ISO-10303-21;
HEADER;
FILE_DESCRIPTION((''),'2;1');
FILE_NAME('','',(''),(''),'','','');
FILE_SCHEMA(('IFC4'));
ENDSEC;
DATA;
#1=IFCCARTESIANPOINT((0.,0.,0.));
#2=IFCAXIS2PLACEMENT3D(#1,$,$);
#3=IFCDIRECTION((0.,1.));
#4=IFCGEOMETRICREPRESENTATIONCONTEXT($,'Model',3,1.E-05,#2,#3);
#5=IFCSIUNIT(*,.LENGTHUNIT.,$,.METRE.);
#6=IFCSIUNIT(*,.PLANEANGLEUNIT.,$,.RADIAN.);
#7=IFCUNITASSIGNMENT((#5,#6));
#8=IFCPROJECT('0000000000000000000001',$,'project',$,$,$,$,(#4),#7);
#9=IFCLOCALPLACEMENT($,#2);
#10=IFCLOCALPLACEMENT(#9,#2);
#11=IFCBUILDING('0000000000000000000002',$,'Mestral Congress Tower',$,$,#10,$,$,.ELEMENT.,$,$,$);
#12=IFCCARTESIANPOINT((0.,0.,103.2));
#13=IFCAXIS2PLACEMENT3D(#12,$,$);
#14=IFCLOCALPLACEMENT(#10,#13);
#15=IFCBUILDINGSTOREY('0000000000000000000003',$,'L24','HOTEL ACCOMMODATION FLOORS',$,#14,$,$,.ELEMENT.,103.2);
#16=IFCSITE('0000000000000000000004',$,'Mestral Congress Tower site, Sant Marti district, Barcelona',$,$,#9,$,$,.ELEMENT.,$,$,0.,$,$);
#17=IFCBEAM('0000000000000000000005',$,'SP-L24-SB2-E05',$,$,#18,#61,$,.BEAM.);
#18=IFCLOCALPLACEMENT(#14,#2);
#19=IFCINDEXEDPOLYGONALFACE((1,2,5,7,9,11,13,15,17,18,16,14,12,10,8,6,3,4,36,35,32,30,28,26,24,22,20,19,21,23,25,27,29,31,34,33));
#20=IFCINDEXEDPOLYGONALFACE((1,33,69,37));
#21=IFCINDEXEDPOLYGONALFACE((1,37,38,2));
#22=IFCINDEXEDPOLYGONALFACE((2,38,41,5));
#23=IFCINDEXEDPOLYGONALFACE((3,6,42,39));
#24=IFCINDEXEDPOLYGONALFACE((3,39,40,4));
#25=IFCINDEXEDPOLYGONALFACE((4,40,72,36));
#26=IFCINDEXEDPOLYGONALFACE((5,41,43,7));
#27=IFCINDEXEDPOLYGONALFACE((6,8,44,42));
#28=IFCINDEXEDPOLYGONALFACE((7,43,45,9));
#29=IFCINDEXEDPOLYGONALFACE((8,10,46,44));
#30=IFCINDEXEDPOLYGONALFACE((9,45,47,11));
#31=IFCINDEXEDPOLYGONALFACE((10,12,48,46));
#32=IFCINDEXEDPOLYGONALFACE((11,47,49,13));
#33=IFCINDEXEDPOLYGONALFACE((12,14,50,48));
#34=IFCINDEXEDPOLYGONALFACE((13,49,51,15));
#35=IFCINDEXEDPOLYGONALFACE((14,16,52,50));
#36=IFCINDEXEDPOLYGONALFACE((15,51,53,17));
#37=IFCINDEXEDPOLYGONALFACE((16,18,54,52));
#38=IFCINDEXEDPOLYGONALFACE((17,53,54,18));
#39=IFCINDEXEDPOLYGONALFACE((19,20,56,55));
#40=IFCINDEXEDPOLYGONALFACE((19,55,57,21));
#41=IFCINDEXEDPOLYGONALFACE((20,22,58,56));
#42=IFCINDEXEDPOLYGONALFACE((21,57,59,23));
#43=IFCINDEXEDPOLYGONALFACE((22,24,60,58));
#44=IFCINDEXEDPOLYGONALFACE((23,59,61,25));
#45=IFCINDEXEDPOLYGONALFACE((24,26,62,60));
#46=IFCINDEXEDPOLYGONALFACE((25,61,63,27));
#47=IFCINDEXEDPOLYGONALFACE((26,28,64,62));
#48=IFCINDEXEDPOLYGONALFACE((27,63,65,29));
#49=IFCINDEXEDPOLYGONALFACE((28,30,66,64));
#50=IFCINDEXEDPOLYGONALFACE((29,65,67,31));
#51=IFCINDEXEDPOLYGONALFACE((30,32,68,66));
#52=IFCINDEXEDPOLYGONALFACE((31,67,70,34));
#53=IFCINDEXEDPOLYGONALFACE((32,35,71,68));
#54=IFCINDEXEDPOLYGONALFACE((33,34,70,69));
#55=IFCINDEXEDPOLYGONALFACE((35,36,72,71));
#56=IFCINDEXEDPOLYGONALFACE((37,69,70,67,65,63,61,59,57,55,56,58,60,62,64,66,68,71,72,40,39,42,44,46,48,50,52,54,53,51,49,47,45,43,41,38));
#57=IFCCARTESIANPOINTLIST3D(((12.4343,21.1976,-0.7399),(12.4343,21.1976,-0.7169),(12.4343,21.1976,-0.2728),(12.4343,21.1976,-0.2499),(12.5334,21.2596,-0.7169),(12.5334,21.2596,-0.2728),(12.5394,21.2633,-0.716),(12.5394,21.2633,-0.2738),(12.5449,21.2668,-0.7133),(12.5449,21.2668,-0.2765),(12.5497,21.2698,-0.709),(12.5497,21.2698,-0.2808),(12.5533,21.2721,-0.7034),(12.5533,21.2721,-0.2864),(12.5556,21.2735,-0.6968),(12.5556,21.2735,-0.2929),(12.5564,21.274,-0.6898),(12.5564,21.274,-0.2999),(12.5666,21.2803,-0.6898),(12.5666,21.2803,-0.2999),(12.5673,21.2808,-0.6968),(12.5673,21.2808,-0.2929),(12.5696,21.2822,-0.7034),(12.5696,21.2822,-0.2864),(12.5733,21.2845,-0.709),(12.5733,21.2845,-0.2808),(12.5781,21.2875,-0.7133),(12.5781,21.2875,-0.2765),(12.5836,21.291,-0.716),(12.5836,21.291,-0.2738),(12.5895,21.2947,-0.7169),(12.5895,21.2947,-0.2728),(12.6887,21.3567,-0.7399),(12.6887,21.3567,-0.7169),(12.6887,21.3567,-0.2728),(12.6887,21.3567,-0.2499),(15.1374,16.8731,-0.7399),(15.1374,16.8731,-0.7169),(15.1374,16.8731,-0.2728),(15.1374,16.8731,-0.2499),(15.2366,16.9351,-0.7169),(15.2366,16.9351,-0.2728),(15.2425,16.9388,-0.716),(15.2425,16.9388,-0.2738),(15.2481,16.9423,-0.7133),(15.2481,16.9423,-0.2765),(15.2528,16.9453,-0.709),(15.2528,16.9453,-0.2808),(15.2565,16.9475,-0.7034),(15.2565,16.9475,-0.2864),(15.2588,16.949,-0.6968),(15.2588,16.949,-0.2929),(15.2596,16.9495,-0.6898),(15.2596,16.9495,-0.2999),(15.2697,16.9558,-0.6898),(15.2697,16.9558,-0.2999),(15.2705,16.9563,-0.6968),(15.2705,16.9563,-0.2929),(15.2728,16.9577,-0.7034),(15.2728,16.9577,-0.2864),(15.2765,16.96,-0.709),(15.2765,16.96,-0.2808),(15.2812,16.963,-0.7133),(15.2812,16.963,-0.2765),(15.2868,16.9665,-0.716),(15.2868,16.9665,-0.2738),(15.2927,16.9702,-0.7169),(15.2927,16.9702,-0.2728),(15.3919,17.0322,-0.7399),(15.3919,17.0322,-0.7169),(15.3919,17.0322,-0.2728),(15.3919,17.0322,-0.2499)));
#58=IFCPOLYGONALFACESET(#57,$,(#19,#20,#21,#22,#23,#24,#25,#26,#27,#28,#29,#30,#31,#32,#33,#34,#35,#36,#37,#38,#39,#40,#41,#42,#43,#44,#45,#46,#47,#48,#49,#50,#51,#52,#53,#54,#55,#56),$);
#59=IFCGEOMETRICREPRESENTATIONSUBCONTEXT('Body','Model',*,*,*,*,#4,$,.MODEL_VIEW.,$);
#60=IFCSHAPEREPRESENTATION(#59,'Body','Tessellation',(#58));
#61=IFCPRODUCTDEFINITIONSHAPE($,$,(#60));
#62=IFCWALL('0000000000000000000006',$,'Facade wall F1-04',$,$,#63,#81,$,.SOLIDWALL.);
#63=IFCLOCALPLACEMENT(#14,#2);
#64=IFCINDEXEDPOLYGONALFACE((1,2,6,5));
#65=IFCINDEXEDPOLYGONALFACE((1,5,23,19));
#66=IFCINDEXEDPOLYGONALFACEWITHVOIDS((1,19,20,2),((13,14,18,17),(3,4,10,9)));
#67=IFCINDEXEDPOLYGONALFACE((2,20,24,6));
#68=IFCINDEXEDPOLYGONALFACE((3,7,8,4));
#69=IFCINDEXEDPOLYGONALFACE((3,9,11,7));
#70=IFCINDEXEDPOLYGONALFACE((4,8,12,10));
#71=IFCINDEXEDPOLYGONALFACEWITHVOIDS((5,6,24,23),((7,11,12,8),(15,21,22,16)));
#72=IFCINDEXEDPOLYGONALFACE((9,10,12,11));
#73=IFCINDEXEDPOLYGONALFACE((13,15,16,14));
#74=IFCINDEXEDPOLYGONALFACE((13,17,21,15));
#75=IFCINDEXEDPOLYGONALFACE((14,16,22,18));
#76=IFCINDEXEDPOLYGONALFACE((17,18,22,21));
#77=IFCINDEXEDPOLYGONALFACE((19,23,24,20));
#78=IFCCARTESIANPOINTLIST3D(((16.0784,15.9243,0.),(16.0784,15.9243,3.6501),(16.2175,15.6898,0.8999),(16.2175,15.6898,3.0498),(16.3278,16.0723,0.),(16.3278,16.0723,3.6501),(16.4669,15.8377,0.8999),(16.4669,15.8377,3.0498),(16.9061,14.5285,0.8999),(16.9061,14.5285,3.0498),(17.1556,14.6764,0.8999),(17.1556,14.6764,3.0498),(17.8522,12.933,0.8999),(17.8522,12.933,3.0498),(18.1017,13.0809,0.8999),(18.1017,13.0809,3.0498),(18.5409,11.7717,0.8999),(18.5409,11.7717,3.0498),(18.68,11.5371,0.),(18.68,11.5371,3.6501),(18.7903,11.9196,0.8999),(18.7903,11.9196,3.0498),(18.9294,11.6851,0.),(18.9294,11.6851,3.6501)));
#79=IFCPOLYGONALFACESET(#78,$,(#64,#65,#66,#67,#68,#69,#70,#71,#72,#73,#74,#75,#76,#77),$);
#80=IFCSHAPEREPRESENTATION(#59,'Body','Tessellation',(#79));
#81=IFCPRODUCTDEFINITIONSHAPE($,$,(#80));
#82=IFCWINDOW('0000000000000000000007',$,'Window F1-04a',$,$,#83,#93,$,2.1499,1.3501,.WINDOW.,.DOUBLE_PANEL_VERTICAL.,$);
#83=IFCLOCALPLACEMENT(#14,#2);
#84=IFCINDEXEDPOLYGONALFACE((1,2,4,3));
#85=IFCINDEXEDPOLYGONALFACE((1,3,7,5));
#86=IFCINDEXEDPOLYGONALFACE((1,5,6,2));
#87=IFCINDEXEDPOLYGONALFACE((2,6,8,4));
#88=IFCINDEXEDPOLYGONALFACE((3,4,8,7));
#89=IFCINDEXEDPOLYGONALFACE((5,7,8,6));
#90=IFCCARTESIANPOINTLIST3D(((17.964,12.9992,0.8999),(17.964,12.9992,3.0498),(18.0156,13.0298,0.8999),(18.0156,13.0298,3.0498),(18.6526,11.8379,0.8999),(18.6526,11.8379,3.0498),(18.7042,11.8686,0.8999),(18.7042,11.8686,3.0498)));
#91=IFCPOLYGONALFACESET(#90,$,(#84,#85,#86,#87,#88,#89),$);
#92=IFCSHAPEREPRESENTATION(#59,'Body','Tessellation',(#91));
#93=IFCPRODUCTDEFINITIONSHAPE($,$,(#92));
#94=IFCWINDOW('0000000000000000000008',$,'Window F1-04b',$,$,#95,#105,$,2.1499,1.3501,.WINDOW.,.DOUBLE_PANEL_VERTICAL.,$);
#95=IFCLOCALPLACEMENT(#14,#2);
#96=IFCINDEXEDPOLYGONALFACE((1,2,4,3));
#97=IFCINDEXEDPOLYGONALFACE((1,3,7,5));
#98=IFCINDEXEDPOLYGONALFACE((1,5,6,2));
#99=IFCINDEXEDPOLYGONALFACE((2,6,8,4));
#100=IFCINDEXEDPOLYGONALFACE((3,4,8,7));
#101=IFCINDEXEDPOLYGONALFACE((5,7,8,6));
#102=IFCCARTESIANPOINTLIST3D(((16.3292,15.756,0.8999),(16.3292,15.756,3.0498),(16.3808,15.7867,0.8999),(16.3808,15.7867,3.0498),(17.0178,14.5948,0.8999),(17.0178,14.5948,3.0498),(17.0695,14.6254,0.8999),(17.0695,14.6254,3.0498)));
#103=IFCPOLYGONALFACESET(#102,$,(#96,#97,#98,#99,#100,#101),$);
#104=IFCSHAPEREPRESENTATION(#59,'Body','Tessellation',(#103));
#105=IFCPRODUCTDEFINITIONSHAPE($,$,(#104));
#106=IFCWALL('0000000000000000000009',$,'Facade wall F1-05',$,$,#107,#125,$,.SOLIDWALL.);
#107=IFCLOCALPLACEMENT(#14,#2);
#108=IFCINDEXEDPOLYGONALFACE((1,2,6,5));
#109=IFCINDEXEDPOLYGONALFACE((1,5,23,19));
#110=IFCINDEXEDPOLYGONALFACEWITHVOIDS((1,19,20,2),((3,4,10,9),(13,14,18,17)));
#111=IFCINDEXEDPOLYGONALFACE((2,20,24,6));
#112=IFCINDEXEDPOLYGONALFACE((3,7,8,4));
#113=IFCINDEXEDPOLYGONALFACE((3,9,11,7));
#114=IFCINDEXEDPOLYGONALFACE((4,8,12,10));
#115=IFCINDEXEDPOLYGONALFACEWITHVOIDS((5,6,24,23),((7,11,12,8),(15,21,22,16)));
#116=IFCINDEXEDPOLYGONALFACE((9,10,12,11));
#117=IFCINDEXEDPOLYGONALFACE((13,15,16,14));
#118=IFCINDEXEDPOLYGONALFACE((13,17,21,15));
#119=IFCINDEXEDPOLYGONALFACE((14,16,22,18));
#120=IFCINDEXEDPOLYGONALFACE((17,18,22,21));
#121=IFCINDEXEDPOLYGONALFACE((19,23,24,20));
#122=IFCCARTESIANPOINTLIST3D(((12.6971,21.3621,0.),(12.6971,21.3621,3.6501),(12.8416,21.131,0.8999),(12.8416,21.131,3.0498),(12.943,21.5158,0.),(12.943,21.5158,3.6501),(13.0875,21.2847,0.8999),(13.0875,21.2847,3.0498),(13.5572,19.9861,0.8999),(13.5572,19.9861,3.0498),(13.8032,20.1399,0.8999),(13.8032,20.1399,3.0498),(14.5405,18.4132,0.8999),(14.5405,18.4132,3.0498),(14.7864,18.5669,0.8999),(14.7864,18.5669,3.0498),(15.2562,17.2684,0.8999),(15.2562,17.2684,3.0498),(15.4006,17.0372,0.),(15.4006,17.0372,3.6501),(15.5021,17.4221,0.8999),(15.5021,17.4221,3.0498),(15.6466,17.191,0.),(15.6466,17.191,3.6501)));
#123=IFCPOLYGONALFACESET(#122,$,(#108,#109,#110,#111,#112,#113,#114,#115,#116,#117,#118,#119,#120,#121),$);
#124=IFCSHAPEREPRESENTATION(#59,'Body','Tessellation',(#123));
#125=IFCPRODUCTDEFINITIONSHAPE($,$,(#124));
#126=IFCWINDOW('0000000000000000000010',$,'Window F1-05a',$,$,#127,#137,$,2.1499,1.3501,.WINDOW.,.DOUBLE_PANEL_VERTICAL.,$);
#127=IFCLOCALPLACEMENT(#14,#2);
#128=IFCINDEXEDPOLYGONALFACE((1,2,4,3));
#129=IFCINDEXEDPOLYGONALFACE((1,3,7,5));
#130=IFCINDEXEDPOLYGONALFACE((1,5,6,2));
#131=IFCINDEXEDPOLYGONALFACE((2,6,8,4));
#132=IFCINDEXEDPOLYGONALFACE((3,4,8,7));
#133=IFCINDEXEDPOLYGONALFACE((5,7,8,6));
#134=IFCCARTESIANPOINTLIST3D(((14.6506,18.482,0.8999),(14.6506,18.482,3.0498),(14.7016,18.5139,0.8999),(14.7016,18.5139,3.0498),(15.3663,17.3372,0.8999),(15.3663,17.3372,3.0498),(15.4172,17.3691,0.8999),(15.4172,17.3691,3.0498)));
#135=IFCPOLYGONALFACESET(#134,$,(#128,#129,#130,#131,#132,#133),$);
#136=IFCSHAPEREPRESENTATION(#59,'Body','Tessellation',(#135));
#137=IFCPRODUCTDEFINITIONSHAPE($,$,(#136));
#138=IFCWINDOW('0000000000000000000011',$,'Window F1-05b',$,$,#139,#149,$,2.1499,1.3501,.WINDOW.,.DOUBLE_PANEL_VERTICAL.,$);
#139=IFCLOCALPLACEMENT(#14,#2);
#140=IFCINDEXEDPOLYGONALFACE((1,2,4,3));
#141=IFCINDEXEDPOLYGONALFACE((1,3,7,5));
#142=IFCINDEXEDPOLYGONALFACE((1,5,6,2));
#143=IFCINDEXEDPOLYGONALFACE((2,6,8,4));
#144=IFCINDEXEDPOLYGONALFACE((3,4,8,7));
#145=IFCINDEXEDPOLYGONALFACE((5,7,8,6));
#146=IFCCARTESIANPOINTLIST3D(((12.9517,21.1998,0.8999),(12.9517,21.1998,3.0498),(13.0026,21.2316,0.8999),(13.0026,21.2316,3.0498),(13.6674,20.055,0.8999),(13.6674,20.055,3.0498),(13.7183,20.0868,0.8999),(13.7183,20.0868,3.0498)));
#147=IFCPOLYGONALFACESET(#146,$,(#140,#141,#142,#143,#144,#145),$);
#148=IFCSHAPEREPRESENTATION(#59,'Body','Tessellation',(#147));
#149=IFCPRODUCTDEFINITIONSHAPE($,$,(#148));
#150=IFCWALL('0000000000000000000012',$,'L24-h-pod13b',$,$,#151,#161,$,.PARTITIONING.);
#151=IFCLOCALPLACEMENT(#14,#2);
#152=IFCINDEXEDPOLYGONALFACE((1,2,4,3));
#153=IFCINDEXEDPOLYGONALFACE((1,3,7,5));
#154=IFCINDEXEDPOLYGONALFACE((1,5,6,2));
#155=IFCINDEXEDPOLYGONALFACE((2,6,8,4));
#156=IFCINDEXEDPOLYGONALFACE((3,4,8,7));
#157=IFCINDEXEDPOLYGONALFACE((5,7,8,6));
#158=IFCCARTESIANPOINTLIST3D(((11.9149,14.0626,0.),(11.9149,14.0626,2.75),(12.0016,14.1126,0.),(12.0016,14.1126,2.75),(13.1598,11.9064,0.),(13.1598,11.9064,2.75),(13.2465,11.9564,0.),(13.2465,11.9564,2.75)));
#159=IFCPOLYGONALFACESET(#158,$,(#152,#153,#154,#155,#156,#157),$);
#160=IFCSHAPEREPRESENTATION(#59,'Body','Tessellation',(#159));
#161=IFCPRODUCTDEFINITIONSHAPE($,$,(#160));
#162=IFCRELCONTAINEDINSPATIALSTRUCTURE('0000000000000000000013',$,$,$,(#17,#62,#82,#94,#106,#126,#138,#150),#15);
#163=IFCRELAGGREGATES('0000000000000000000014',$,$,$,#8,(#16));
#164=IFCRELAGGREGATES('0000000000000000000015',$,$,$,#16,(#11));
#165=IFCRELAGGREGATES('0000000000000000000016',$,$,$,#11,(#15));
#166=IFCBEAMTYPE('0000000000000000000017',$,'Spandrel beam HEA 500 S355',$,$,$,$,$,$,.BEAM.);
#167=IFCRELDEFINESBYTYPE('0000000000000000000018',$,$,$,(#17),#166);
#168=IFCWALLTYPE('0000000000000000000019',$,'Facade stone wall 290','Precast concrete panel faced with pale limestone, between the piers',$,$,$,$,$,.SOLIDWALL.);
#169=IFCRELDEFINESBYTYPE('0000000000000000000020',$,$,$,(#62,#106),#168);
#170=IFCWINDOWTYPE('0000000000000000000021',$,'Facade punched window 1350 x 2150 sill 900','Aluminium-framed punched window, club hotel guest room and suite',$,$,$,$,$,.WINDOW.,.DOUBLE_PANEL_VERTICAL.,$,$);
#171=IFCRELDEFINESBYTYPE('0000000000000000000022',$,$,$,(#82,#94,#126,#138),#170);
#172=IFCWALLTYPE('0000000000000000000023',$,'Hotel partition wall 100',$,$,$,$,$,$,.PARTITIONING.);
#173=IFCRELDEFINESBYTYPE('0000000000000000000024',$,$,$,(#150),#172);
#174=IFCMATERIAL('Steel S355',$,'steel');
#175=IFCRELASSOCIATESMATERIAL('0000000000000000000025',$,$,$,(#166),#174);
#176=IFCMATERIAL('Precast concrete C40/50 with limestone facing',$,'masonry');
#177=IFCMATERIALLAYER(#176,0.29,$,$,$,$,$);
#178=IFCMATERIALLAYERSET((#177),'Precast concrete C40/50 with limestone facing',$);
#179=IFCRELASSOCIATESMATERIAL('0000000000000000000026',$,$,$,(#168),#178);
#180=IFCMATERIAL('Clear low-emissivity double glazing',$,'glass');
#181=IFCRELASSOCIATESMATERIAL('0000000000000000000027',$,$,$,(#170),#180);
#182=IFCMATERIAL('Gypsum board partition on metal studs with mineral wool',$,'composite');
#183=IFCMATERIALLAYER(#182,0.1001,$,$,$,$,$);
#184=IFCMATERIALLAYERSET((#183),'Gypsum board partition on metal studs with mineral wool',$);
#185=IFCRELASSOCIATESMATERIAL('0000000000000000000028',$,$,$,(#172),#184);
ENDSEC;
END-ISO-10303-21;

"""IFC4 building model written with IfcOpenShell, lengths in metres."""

from ifc_helpers import new_model, si_unit, direction, frame, frame_2d, origin, origin_2d, place, context, subcontext, project, spatial, rectangle, i_section, extrude, material, layer, layer_set, material_profile, profile_set, type_object, element, fill, save


model = new_model("IFC4")

# Units and contexts
model_context = context("Model", 3, precision=1e-05, world=origin(), true_north=direction((0.0, 1.0)))
body_context = subcontext(model_context, "Body", "Model", "MODEL_VIEW")
ifc_project = project(units=[si_unit("LENGTHUNIT", "METRE"), si_unit("PLANEANGLEUNIT", "RADIAN")], contexts=[model_context])

# Site, building, storey
site_placement = place(None, origin())
site = spatial("IfcSite", under=ifc_project, at=site_placement, Name="Mestral Congress Tower site, Sant Marti district, Barcelona", CompositionType="ELEMENT", RefElevation=0.0)
building_placement = place(site_placement, origin())
building = spatial("IfcBuilding", under=site, at=building_placement, Name="Mestral Congress Tower", CompositionType="ELEMENT")
storey_placement = place(building_placement, frame((0.0, 0.0, 103.2)))
storey = spatial("IfcBuildingStorey", under=building, at=storey_placement, Name="L24", Description="HOTEL ACCOMMODATION FLOORS", CompositionType="ELEMENT", Elevation=103.2)

# Beam
ifc_material_1 = material(Name="Steel S355", Category="steel")
ifc_material_profile_1 = material_profile(ifc_material_1, i_section(OverallWidth=0.3, OverallDepth=0.49, WebThickness=0.012, FlangeThickness=0.0229, FilletRadius=0.0271, at=origin_2d()), Name="HEA 500")
ifc_profile_set_1 = profile_set([ifc_material_profile_1], Name="Steel S355")
beam_type_1 = type_object("IfcBeamType", Name="Spandrel beam HEA 500 S355", PredefinedType="BEAM", material=ifc_profile_set_1)
for number, where, z_axis, x_axis, name in (
    (1, (15.2646, 16.9526, -0.4949), (-0.530046, 0.847969, 0.0), (-0.847969, -0.530046, 0.0), "SP-L24-SB2-E05"),
):
    element("IfcBeam", number, at=place(storey_placement, frame(where, z_axis=z_axis, x_axis=x_axis)), inside=storey, type_object=beam_type_1, Name=name, PredefinedType="BEAM", context=body_context, shape_type="SweptSolid", body=[
        extrude(i_section(OverallWidth=0.3, OverallDepth=0.49, WebThickness=0.012, FlangeThickness=0.0229, FilletRadius=0.0271, at=origin_2d()), origin(), (0.0, 0.0, 1.0), 5.0999),
    ])

# Walls, openings, windows
ifc_material_2 = material(Name="Precast concrete C40/50 with limestone facing", Category="masonry")
ifc_layer_1 = layer(ifc_material_2, 0.29)
ifc_layer_set_1 = layer_set([ifc_layer_1], Name="Precast concrete C40/50 with limestone facing")
wall_type_1 = type_object("IfcWallType", Name="Facade stone wall 290", Description="Precast concrete panel faced with pale limestone, between the piers", PredefinedType="SOLIDWALL", material=ifc_layer_set_1)
wall_1_placement = place(storey_placement, frame((18.8047, 11.6111, 0.0), z_axis=(0.0, 0.0, 1.0), x_axis=(-0.510054, 0.860142, 0.0)))
wall_1 = element("IfcWall", 2, at=wall_1_placement, inside=storey, type_object=wall_type_1, Name="Facade wall F1-04", PredefinedType="SOLIDWALL", context=body_context, shape_type="SweptSolid", body=[
    extrude(rectangle(XDim=5.1006, YDim=0.29, at=frame_2d((2.5503, 0.0))), origin(), (0.0, 0.0, 1.0), 3.6501),
])
opening_1_placement = place(wall_1_placement, frame((0.2727, 0.0, 0.8999)))
opening_1 = element("IfcOpeningElement", 3, at=opening_1_placement, cuts=wall_1, PredefinedType="OPENING", context=body_context, shape_type="SweptSolid", body=[
    extrude(rectangle(XDim=1.3501, YDim=2.1499, at=frame_2d((0.675, 1.075))), frame((0.0, 0.155, 0.0), z_axis=(0.0, -1.0, 0.0), x_axis=(1.0, 0.0, 0.0)), (0.0, 0.0, 1.0), 0.3101),
])
opening_2_placement = place(wall_1_placement, frame((3.4778, 0.0, 0.8999)))
opening_2 = element("IfcOpeningElement", 4, at=opening_2_placement, cuts=wall_1, PredefinedType="OPENING", context=body_context, shape_type="SweptSolid", body=[
    extrude(rectangle(XDim=1.3501, YDim=2.1499, at=frame_2d((0.675, 1.075))), frame((0.0, 0.155, 0.0), z_axis=(0.0, -1.0, 0.0), x_axis=(1.0, 0.0, 0.0)), (0.0, 0.0, 1.0), 0.3101),
])
ifc_material_3 = material(Name="Clear low-emissivity double glazing", Category="glass")
window_type = type_object("IfcWindowType", Name="Facade punched window 1350 x 2150 sill 900", Description="Aluminium-framed punched window, club hotel guest room and suite", PartitioningType="DOUBLE_PANEL_VERTICAL", PredefinedType="WINDOW", material=ifc_material_3)
window_1_placement = place(opening_1_placement, origin())
window_1 = element("IfcWindow", 5, at=window_1_placement, inside=storey, type_object=window_type, Name="Window F1-04a", OverallHeight=2.1499, OverallWidth=1.3501, PartitioningType="DOUBLE_PANEL_VERTICAL", PredefinedType="WINDOW", context=body_context, shape_type="SweptSolid", body=[
    extrude(rectangle(XDim=1.3501, YDim=2.1499, at=frame_2d((0.675, 1.075))), frame((0.0, 0.0151, 0.0), z_axis=(0.0, -1.0, 0.0), x_axis=(1.0, 0.0, 0.0)), (0.0, 0.0, 1.0), 0.0601),
])
fill(opening_1, window_1)
window_2_placement = place(opening_2_placement, origin())
window_2 = element("IfcWindow", 6, at=window_2_placement, inside=storey, type_object=window_type, Name="Window F1-04b", OverallHeight=2.1499, OverallWidth=1.3501, PartitioningType="DOUBLE_PANEL_VERTICAL", PredefinedType="WINDOW", context=body_context, shape_type="SweptSolid", body=[
    extrude(rectangle(XDim=1.3501, YDim=2.1499, at=frame_2d((0.675, 1.075))), frame((0.0, 0.0151, 0.0), z_axis=(0.0, -1.0, 0.0), x_axis=(1.0, 0.0, 0.0)), (0.0, 0.0, 1.0), 0.0601),
])
fill(opening_2, window_2)
wall_2_placement = place(storey_placement, frame((15.5237, 17.114, 0.0), z_axis=(0.0, 0.0, 1.0), x_axis=(-0.530072, 0.847953, 0.0)))
wall_2 = element("IfcWall", 7, at=wall_2_placement, inside=storey, type_object=wall_type_1, Name="Facade wall F1-05", PredefinedType="SOLIDWALL", context=body_context, shape_type="SweptSolid", body=[
    extrude(rectangle(XDim=5.1003, YDim=0.29, at=frame_2d((2.5503, 0.0))), origin(), (0.0, 0.0, 1.0), 3.6501),
])
opening_3_placement = place(wall_2_placement, frame((0.2727, 0.0, 0.8999)))
opening_3 = element("IfcOpeningElement", 8, at=opening_3_placement, cuts=wall_2, PredefinedType="OPENING", context=body_context, shape_type="SweptSolid", body=[
    extrude(rectangle(XDim=1.3501, YDim=2.1499, at=frame_2d((0.675, 1.075))), frame((0.0, 0.155, 0.0), z_axis=(0.0, -1.0, 0.0), x_axis=(1.0, 0.0, 0.0)), (0.0, 0.0, 1.0), 0.3101),
])
opening_4_placement = place(wall_2_placement, frame((3.4778, 0.0, 0.8999)))
opening_4 = element("IfcOpeningElement", 9, at=opening_4_placement, cuts=wall_2, PredefinedType="OPENING", context=body_context, shape_type="SweptSolid", body=[
    extrude(rectangle(XDim=1.3501, YDim=2.1499, at=frame_2d((0.675, 1.075))), frame((0.0, 0.155, 0.0), z_axis=(0.0, -1.0, 0.0), x_axis=(1.0, 0.0, 0.0)), (0.0, 0.0, 1.0), 0.3101),
])
window_3_placement = place(opening_3_placement, origin())
window_3 = element("IfcWindow", 10, at=window_3_placement, inside=storey, type_object=window_type, Name="Window F1-05a", OverallHeight=2.1499, OverallWidth=1.3501, PartitioningType="DOUBLE_PANEL_VERTICAL", PredefinedType="WINDOW", context=body_context, shape_type="SweptSolid", body=[
    extrude(rectangle(XDim=1.3501, YDim=2.1499, at=frame_2d((0.675, 1.075))), frame((0.0, 0.0151, 0.0), z_axis=(0.0, -1.0, 0.0), x_axis=(1.0, 0.0, 0.0)), (0.0, 0.0, 1.0), 0.0601),
])
fill(opening_3, window_3)
window_4_placement = place(opening_4_placement, origin())
window_4 = element("IfcWindow", 11, at=window_4_placement, inside=storey, type_object=window_type, Name="Window F1-05b", OverallHeight=2.1499, OverallWidth=1.3501, PartitioningType="DOUBLE_PANEL_VERTICAL", PredefinedType="WINDOW", context=body_context, shape_type="SweptSolid", body=[
    extrude(rectangle(XDim=1.3501, YDim=2.1499, at=frame_2d((0.675, 1.075))), frame((0.0, 0.0151, 0.0), z_axis=(0.0, -1.0, 0.0), x_axis=(1.0, 0.0, 0.0)), (0.0, 0.0, 1.0), 0.0601),
])
fill(opening_4, window_4)

# Wall
ifc_material_4 = material(Name="Gypsum board partition on metal studs with mineral wool", Category="composite")
ifc_layer_2 = layer(ifc_material_4, 0.1001)
ifc_layer_set_2 = layer_set([ifc_layer_2], Name="Gypsum board partition on metal studs with mineral wool")
wall_type_2 = type_object("IfcWallType", Name="Hotel partition wall 100", PredefinedType="PARTITIONING", material=ifc_layer_set_2)
wall_3_placement = place(storey_placement, frame((13.2031, 11.9314, 0.0), z_axis=(0.0, 0.0, 1.0), x_axis=(-0.499988, 0.866032, 0.0)))
element("IfcWall", 12, at=wall_3_placement, inside=storey, type_object=wall_type_2, Name="L24-h-pod13b", PredefinedType="PARTITIONING", context=body_context, shape_type="SweptSolid", body=[
    extrude(rectangle(XDim=2.4897, YDim=0.1001, at=frame_2d((1.2449, 0.0))), origin(), (0.0, 0.0, 1.0), 2.75),
])

save(model, "model.ifc")
